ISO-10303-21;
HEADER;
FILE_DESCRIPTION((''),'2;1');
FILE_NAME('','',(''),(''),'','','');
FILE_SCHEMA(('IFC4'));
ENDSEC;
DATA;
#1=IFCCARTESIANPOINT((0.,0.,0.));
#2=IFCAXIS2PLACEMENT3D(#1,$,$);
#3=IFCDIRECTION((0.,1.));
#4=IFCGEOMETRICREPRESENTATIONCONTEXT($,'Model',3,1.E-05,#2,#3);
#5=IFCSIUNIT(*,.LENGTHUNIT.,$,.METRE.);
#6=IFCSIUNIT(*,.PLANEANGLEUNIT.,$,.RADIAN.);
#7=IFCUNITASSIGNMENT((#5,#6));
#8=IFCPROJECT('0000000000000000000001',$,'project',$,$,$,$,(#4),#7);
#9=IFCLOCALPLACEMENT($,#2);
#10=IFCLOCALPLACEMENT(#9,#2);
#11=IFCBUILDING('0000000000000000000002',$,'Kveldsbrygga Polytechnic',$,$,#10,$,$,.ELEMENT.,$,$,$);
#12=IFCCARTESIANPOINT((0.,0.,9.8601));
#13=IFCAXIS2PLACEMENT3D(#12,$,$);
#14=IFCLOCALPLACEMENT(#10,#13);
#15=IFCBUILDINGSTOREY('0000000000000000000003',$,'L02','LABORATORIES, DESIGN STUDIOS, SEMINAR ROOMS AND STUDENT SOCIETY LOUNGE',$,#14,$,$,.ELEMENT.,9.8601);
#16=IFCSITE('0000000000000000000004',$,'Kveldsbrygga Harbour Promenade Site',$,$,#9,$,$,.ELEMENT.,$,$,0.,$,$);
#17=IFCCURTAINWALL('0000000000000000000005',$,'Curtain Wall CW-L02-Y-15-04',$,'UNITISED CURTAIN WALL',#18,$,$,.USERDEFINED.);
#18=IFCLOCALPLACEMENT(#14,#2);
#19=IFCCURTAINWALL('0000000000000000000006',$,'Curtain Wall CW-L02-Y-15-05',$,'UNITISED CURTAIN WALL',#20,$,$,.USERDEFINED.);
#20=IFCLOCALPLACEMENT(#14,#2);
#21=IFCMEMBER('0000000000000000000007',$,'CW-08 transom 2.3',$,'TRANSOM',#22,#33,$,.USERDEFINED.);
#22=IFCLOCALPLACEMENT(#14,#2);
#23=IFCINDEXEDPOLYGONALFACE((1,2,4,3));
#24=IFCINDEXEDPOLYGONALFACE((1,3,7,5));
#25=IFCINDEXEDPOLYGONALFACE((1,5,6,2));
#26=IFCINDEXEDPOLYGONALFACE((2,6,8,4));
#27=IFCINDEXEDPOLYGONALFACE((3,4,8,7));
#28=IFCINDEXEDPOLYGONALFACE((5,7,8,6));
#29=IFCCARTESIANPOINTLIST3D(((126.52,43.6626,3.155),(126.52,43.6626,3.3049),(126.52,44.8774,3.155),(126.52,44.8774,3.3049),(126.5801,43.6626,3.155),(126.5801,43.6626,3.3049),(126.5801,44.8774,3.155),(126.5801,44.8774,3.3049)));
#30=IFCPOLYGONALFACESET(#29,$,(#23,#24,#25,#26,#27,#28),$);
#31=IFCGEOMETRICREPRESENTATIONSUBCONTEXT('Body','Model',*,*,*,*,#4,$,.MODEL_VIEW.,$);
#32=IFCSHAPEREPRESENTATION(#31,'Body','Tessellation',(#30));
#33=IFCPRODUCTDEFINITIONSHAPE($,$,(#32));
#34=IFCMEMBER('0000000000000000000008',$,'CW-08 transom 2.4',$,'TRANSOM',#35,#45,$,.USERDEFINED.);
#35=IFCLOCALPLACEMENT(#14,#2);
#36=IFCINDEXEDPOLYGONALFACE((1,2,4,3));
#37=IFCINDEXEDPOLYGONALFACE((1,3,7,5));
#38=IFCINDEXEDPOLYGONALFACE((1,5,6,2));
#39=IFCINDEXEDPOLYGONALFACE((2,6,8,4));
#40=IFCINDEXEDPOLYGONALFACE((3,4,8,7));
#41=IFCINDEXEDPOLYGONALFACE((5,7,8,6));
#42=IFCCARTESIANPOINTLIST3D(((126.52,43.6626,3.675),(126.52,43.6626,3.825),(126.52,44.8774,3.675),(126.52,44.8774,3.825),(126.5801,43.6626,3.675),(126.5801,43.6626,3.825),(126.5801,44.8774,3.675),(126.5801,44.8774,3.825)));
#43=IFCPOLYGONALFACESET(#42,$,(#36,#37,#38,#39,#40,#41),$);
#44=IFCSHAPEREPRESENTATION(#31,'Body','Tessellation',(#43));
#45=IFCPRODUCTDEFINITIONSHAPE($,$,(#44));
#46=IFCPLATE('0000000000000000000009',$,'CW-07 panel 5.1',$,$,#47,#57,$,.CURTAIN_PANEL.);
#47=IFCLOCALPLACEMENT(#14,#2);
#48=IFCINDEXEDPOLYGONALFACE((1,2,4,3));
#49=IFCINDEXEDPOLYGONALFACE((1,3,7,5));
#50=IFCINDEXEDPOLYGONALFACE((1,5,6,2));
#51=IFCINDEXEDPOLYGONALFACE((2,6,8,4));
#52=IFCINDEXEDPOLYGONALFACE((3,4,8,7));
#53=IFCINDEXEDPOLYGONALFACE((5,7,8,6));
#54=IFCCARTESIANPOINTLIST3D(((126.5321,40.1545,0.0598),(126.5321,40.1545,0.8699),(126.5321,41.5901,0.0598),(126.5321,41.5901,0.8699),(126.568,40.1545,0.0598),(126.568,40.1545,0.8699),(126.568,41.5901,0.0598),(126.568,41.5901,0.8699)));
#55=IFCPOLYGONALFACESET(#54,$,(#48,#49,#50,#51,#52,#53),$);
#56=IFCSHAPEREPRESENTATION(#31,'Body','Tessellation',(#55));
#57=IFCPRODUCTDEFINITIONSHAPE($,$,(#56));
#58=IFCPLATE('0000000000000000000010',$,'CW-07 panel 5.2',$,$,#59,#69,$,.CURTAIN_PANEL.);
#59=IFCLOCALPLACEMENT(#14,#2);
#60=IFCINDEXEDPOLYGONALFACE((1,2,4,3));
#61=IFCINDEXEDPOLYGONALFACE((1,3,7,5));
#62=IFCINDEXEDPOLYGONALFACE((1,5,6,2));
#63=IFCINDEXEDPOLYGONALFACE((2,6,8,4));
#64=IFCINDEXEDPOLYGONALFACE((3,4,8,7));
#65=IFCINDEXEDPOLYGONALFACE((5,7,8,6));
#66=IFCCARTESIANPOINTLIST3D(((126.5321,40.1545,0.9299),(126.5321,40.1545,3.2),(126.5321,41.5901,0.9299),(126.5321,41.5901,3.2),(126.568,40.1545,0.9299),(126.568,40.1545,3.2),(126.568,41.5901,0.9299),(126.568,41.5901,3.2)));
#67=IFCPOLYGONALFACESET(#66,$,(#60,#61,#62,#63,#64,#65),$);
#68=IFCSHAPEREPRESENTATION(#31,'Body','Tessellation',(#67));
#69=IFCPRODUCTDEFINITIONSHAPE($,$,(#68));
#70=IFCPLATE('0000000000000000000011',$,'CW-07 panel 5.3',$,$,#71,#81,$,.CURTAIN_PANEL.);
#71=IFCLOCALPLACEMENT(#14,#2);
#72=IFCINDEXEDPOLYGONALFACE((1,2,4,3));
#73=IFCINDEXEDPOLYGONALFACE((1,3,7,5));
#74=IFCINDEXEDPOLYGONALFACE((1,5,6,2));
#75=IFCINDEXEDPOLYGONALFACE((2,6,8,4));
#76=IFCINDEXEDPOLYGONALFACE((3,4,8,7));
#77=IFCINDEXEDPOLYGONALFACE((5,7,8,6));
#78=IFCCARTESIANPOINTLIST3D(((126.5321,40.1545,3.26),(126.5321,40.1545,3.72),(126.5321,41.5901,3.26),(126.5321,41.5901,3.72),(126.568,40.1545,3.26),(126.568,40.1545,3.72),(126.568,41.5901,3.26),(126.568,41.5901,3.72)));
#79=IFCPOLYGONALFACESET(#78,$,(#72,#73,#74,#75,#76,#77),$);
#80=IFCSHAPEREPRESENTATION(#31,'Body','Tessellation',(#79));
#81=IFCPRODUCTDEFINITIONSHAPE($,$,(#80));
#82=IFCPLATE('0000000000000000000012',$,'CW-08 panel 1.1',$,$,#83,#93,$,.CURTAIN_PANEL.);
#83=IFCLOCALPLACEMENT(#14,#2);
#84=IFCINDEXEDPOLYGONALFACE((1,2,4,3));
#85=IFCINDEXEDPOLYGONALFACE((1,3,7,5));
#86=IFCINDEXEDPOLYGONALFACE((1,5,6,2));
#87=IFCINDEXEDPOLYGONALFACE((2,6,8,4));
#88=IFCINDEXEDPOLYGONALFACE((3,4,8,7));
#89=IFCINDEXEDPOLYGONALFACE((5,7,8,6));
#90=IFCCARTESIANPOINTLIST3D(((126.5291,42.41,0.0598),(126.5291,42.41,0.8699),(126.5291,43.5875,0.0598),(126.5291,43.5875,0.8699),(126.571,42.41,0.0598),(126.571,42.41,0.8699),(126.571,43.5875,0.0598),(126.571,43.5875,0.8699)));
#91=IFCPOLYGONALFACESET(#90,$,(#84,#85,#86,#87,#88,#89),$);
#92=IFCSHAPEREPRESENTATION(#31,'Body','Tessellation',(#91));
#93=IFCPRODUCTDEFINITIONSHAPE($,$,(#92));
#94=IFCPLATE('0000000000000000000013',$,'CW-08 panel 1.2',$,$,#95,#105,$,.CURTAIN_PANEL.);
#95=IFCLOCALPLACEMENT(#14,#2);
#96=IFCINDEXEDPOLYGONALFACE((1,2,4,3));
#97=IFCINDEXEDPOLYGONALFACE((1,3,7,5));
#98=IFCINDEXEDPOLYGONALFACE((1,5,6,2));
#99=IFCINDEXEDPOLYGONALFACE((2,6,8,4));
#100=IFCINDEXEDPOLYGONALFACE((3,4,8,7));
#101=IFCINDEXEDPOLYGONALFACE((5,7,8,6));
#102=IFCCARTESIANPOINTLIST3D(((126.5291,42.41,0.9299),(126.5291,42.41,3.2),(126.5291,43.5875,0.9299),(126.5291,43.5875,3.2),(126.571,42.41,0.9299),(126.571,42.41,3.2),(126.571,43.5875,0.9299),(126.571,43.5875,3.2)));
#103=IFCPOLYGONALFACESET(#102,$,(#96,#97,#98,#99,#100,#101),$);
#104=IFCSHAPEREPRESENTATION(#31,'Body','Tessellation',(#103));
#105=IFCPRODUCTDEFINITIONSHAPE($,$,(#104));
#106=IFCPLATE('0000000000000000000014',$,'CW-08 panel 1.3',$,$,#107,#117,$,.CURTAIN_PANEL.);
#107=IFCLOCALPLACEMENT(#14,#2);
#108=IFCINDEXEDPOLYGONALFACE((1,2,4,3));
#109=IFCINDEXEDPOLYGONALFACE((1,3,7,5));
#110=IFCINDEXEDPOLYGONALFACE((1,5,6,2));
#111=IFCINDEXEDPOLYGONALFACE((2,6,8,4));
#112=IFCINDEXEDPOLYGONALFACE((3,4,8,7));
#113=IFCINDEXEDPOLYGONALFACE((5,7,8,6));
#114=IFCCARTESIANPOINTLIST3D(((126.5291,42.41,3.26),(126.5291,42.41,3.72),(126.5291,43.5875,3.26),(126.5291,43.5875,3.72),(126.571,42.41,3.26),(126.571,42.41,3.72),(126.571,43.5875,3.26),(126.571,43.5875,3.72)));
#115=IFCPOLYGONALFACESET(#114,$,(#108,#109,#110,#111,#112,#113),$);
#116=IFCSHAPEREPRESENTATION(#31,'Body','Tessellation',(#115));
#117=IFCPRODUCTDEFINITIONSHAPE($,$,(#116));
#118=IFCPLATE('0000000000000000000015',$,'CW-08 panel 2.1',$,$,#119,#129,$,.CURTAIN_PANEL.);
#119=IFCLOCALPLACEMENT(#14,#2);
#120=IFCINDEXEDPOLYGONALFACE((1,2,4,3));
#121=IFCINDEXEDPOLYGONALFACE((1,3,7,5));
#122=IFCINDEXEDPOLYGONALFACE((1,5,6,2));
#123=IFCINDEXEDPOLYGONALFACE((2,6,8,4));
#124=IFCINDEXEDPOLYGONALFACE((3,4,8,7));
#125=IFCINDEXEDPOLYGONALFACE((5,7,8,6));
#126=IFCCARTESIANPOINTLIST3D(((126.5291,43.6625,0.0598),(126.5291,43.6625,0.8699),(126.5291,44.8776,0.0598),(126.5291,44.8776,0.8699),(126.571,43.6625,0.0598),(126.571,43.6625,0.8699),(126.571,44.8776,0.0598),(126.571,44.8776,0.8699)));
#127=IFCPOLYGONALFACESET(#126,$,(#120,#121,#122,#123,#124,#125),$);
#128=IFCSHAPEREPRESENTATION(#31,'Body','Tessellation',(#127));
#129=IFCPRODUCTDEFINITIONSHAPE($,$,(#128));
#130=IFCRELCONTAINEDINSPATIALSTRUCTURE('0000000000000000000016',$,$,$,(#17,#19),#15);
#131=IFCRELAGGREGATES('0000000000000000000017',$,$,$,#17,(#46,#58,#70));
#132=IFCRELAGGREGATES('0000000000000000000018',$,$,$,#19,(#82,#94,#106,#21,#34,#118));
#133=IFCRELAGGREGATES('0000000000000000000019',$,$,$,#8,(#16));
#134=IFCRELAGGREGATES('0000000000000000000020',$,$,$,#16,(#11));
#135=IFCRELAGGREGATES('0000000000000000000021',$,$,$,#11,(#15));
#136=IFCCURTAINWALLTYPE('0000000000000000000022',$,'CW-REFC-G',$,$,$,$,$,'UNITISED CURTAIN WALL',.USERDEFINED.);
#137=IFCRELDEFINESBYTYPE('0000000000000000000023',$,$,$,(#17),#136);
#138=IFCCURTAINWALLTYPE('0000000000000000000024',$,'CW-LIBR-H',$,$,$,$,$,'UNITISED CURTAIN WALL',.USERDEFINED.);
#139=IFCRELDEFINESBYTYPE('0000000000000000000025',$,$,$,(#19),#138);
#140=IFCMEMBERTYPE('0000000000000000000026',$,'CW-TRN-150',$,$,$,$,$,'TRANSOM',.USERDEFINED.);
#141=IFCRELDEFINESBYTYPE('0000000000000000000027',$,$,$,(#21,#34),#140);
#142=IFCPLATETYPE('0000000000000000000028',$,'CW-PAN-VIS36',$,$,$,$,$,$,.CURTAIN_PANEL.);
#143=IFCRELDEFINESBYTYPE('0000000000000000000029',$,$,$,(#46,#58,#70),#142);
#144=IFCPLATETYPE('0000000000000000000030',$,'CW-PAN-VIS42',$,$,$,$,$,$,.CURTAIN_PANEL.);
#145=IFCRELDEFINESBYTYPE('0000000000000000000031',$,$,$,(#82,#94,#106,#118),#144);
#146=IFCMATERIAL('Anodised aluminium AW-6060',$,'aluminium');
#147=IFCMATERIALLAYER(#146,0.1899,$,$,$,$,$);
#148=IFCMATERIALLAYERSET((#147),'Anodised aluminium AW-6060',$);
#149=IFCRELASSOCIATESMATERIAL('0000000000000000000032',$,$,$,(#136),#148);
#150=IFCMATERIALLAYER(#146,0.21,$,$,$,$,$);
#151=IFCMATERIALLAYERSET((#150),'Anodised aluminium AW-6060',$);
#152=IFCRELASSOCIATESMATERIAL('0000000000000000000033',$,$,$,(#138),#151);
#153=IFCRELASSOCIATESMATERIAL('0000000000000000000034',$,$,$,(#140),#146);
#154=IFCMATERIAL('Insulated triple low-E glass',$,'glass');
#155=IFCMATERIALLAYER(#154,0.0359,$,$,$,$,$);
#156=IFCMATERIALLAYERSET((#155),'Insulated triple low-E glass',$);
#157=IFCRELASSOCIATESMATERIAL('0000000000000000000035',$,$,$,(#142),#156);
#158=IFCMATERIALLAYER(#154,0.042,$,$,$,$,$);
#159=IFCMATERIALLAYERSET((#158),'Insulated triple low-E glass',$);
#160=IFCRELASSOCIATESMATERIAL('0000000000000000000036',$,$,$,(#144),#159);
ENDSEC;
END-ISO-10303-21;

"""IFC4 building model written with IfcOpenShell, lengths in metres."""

from ifc_helpers import new_model, si_unit, direction, frame, origin, origin_2d, place, context, subcontext, project, spatial, rectangle, extrude, material, layer, layer_set, material_profile, profile_set, type_object, element, aggregate, save


model = new_model("IFC4")

# Units and contexts
model_context = context("Model", 3, precision=1e-05, world=origin(), true_north=direction((0.0, 1.0)))
body_context = subcontext(model_context, "Body", "Model", "MODEL_VIEW")
ifc_project = project(units=[si_unit("LENGTHUNIT", "METRE"), si_unit("PLANEANGLEUNIT", "RADIAN")], contexts=[model_context])

# Site, building, storey
site_placement = place(None, origin())
site = spatial("IfcSite", under=ifc_project, at=site_placement, Name="Kveldsbrygga Harbour Promenade Site", CompositionType="ELEMENT", RefElevation=0.0)
building_placement = place(site_placement, origin())
building = spatial("IfcBuilding", under=site, at=building_placement, Name="Kveldsbrygga Polytechnic", CompositionType="ELEMENT")
storey_placement = place(building_placement, frame((0.0, 0.0, 9.8601)))
storey = spatial("IfcBuildingStorey", under=building, at=storey_placement, Name="L02", Description="LABORATORIES, DESIGN STUDIOS, SEMINAR ROOMS AND STUDENT SOCIETY LOUNGE", CompositionType="ELEMENT", Elevation=9.8601)

# Curtain wall
ifc_material_1 = material(Name="Anodised aluminium AW-6060", Category="aluminium")
ifc_layer_1 = layer(ifc_material_1, 0.1899)
ifc_layer_set_1 = layer_set([ifc_layer_1], Name="Anodised aluminium AW-6060")
curtain_wall_type_1 = type_object("IfcCurtainWallType", Name="CW-REFC-G", ElementType="UNITISED CURTAIN WALL", PredefinedType="USERDEFINED", material=ifc_layer_set_1)
curtain_wall_1_placement = place(storey_placement, origin())
curtain_wall_1 = element("IfcCurtainWall", 1, at=curtain_wall_1_placement, inside=storey, type_object=curtain_wall_type_1, Name="Curtain Wall CW-L02-Y-15-04", ObjectType="UNITISED CURTAIN WALL", PredefinedType="USERDEFINED")

# Curtain wall
ifc_layer_2 = layer(ifc_material_1, 0.21)
ifc_layer_set_2 = layer_set([ifc_layer_2], Name="Anodised aluminium AW-6060")
curtain_wall_type_2 = type_object("IfcCurtainWallType", Name="CW-LIBR-H", ElementType="UNITISED CURTAIN WALL", PredefinedType="USERDEFINED", material=ifc_layer_set_2)
curtain_wall_2_placement = place(storey_placement, origin())
curtain_wall_2 = element("IfcCurtainWall", 2, at=curtain_wall_2_placement, inside=storey, type_object=curtain_wall_type_2, Name="Curtain Wall CW-L02-Y-15-05", ObjectType="UNITISED CURTAIN WALL", PredefinedType="USERDEFINED")

# Members
ifc_material_profile_1 = material_profile(ifc_material_1, rectangle(XDim=0.0601, YDim=0.1499, at=origin_2d()), Name="ALU 60x150")
ifc_profile_set_1 = profile_set([ifc_material_profile_1], Name="Anodised aluminium AW-6060")
member_type_1 = type_object("IfcMemberType", Name="CW-TRN-150", ElementType="TRANSOM", PredefinedType="USERDEFINED", material=ifc_profile_set_1)
member_1_placement = place(storey_placement, frame((126.55, 43.6626, 3.23), z_axis=(0.0, 1.0, 0.0), x_axis=(-1.0, 0.0, 0.0)))
member_1 = element("IfcMember", 3, at=member_1_placement, type_object=member_type_1, Name="CW-08 transom 2.3", ObjectType="TRANSOM", PredefinedType="USERDEFINED", context=body_context, shape_type="SweptSolid", body=[
    extrude(rectangle(XDim=0.0601, YDim=0.1499, at=origin_2d()), origin(), (0.0, 0.0, 1.0), 1.2148),
])
member_2_placement = place(storey_placement, frame((126.55, 43.6626, 3.75), z_axis=(0.0, 1.0, 0.0), x_axis=(-1.0, 0.0, 0.0)))
member_2 = element("IfcMember", 4, at=member_2_placement, type_object=member_type_1, Name="CW-08 transom 2.4", ObjectType="TRANSOM", PredefinedType="USERDEFINED", context=body_context, shape_type="SweptSolid", body=[
    extrude(rectangle(XDim=0.0601, YDim=0.1499, at=origin_2d()), origin(), (0.0, 0.0, 1.0), 1.2148),
])

# Plates
ifc_material_2 = material(Name="Insulated triple low-E glass", Category="glass")
ifc_layer_3 = layer(ifc_material_2, 0.0359)
ifc_layer_set_3 = layer_set([ifc_layer_3], Name="Insulated triple low-E glass")
plate_type_1 = type_object("IfcPlateType", Name="CW-PAN-VIS36", PredefinedType="CURTAIN_PANEL", material=ifc_layer_set_3)
plate_1_placement = place(storey_placement, frame((126.55, 40.8723, 0.0598), z_axis=(0.0, 0.0, 1.0), x_axis=(0.0, 1.0, 0.0)))
plate_1 = element("IfcPlate", 5, at=plate_1_placement, type_object=plate_type_1, Name="CW-07 panel 5.1", PredefinedType="CURTAIN_PANEL", context=body_context, shape_type="SweptSolid", body=[
    extrude(rectangle(XDim=1.4355, YDim=0.0359, at=origin_2d()), origin(), (0.0, 0.0, 1.0), 0.8101),
])
plate_2_placement = place(storey_placement, frame((126.55, 40.8723, 0.9299), z_axis=(0.0, 0.0, 1.0), x_axis=(0.0, 1.0, 0.0)))
plate_2 = element("IfcPlate", 6, at=plate_2_placement, type_object=plate_type_1, Name="CW-07 panel 5.2", PredefinedType="CURTAIN_PANEL", context=body_context, shape_type="SweptSolid", body=[
    extrude(rectangle(XDim=1.4355, YDim=0.0359, at=origin_2d()), origin(), (0.0, 0.0, 1.0), 2.27),
])
plate_3_placement = place(storey_placement, frame((126.55, 40.8723, 3.26), z_axis=(0.0, 0.0, 1.0), x_axis=(0.0, 1.0, 0.0)))
plate_3 = element("IfcPlate", 7, at=plate_3_placement, type_object=plate_type_1, Name="CW-07 panel 5.3", PredefinedType="CURTAIN_PANEL", context=body_context, shape_type="SweptSolid", body=[
    extrude(rectangle(XDim=1.4355, YDim=0.0359, at=origin_2d()), origin(), (0.0, 0.0, 1.0), 0.46),
])
aggregate(curtain_wall_1, [plate_1, plate_2, plate_3])
ifc_layer_4 = layer(ifc_material_2, 0.042)
ifc_layer_set_4 = layer_set([ifc_layer_4], Name="Insulated triple low-E glass")
plate_type_2 = type_object("IfcPlateType", Name="CW-PAN-VIS42", PredefinedType="CURTAIN_PANEL", material=ifc_layer_set_4)
plate_4_placement = place(storey_placement, frame((126.55, 42.9988, 0.0598), z_axis=(0.0, 0.0, 1.0), x_axis=(0.0, 1.0, 0.0)))
plate_4 = element("IfcPlate", 8, at=plate_4_placement, type_object=plate_type_2, Name="CW-08 panel 1.1", PredefinedType="CURTAIN_PANEL", context=body_context, shape_type="SweptSolid", body=[
    extrude(rectangle(XDim=1.1775, YDim=0.042, at=origin_2d()), origin(), (0.0, 0.0, 1.0), 0.8101),
])
plate_5_placement = place(storey_placement, frame((126.55, 42.9988, 0.9299), z_axis=(0.0, 0.0, 1.0), x_axis=(0.0, 1.0, 0.0)))
plate_5 = element("IfcPlate", 9, at=plate_5_placement, type_object=plate_type_2, Name="CW-08 panel 1.2", PredefinedType="CURTAIN_PANEL", context=body_context, shape_type="SweptSolid", body=[
    extrude(rectangle(XDim=1.1775, YDim=0.042, at=origin_2d()), origin(), (0.0, 0.0, 1.0), 2.27),
])
plate_6_placement = place(storey_placement, frame((126.55, 42.9988, 3.26), z_axis=(0.0, 0.0, 1.0), x_axis=(0.0, 1.0, 0.0)))
plate_6 = element("IfcPlate", 10, at=plate_6_placement, type_object=plate_type_2, Name="CW-08 panel 1.3", PredefinedType="CURTAIN_PANEL", context=body_context, shape_type="SweptSolid", body=[
    extrude(rectangle(XDim=1.1775, YDim=0.042, at=origin_2d()), origin(), (0.0, 0.0, 1.0), 0.46),
])
plate_7_placement = place(storey_placement, frame((126.55, 44.27, 0.0598), z_axis=(0.0, 0.0, 1.0), x_axis=(0.0, 1.0, 0.0)))
plate_7 = element("IfcPlate", 11, at=plate_7_placement, type_object=plate_type_2, Name="CW-08 panel 2.1", PredefinedType="CURTAIN_PANEL", context=body_context, shape_type="SweptSolid", body=[
    extrude(rectangle(XDim=1.2151, YDim=0.042, at=origin_2d()), origin(), (0.0, 0.0, 1.0), 0.8101),
])
aggregate(curtain_wall_2, [plate_4, plate_5, plate_6, member_1, member_2, plate_7])

save(model, "model.ifc")
